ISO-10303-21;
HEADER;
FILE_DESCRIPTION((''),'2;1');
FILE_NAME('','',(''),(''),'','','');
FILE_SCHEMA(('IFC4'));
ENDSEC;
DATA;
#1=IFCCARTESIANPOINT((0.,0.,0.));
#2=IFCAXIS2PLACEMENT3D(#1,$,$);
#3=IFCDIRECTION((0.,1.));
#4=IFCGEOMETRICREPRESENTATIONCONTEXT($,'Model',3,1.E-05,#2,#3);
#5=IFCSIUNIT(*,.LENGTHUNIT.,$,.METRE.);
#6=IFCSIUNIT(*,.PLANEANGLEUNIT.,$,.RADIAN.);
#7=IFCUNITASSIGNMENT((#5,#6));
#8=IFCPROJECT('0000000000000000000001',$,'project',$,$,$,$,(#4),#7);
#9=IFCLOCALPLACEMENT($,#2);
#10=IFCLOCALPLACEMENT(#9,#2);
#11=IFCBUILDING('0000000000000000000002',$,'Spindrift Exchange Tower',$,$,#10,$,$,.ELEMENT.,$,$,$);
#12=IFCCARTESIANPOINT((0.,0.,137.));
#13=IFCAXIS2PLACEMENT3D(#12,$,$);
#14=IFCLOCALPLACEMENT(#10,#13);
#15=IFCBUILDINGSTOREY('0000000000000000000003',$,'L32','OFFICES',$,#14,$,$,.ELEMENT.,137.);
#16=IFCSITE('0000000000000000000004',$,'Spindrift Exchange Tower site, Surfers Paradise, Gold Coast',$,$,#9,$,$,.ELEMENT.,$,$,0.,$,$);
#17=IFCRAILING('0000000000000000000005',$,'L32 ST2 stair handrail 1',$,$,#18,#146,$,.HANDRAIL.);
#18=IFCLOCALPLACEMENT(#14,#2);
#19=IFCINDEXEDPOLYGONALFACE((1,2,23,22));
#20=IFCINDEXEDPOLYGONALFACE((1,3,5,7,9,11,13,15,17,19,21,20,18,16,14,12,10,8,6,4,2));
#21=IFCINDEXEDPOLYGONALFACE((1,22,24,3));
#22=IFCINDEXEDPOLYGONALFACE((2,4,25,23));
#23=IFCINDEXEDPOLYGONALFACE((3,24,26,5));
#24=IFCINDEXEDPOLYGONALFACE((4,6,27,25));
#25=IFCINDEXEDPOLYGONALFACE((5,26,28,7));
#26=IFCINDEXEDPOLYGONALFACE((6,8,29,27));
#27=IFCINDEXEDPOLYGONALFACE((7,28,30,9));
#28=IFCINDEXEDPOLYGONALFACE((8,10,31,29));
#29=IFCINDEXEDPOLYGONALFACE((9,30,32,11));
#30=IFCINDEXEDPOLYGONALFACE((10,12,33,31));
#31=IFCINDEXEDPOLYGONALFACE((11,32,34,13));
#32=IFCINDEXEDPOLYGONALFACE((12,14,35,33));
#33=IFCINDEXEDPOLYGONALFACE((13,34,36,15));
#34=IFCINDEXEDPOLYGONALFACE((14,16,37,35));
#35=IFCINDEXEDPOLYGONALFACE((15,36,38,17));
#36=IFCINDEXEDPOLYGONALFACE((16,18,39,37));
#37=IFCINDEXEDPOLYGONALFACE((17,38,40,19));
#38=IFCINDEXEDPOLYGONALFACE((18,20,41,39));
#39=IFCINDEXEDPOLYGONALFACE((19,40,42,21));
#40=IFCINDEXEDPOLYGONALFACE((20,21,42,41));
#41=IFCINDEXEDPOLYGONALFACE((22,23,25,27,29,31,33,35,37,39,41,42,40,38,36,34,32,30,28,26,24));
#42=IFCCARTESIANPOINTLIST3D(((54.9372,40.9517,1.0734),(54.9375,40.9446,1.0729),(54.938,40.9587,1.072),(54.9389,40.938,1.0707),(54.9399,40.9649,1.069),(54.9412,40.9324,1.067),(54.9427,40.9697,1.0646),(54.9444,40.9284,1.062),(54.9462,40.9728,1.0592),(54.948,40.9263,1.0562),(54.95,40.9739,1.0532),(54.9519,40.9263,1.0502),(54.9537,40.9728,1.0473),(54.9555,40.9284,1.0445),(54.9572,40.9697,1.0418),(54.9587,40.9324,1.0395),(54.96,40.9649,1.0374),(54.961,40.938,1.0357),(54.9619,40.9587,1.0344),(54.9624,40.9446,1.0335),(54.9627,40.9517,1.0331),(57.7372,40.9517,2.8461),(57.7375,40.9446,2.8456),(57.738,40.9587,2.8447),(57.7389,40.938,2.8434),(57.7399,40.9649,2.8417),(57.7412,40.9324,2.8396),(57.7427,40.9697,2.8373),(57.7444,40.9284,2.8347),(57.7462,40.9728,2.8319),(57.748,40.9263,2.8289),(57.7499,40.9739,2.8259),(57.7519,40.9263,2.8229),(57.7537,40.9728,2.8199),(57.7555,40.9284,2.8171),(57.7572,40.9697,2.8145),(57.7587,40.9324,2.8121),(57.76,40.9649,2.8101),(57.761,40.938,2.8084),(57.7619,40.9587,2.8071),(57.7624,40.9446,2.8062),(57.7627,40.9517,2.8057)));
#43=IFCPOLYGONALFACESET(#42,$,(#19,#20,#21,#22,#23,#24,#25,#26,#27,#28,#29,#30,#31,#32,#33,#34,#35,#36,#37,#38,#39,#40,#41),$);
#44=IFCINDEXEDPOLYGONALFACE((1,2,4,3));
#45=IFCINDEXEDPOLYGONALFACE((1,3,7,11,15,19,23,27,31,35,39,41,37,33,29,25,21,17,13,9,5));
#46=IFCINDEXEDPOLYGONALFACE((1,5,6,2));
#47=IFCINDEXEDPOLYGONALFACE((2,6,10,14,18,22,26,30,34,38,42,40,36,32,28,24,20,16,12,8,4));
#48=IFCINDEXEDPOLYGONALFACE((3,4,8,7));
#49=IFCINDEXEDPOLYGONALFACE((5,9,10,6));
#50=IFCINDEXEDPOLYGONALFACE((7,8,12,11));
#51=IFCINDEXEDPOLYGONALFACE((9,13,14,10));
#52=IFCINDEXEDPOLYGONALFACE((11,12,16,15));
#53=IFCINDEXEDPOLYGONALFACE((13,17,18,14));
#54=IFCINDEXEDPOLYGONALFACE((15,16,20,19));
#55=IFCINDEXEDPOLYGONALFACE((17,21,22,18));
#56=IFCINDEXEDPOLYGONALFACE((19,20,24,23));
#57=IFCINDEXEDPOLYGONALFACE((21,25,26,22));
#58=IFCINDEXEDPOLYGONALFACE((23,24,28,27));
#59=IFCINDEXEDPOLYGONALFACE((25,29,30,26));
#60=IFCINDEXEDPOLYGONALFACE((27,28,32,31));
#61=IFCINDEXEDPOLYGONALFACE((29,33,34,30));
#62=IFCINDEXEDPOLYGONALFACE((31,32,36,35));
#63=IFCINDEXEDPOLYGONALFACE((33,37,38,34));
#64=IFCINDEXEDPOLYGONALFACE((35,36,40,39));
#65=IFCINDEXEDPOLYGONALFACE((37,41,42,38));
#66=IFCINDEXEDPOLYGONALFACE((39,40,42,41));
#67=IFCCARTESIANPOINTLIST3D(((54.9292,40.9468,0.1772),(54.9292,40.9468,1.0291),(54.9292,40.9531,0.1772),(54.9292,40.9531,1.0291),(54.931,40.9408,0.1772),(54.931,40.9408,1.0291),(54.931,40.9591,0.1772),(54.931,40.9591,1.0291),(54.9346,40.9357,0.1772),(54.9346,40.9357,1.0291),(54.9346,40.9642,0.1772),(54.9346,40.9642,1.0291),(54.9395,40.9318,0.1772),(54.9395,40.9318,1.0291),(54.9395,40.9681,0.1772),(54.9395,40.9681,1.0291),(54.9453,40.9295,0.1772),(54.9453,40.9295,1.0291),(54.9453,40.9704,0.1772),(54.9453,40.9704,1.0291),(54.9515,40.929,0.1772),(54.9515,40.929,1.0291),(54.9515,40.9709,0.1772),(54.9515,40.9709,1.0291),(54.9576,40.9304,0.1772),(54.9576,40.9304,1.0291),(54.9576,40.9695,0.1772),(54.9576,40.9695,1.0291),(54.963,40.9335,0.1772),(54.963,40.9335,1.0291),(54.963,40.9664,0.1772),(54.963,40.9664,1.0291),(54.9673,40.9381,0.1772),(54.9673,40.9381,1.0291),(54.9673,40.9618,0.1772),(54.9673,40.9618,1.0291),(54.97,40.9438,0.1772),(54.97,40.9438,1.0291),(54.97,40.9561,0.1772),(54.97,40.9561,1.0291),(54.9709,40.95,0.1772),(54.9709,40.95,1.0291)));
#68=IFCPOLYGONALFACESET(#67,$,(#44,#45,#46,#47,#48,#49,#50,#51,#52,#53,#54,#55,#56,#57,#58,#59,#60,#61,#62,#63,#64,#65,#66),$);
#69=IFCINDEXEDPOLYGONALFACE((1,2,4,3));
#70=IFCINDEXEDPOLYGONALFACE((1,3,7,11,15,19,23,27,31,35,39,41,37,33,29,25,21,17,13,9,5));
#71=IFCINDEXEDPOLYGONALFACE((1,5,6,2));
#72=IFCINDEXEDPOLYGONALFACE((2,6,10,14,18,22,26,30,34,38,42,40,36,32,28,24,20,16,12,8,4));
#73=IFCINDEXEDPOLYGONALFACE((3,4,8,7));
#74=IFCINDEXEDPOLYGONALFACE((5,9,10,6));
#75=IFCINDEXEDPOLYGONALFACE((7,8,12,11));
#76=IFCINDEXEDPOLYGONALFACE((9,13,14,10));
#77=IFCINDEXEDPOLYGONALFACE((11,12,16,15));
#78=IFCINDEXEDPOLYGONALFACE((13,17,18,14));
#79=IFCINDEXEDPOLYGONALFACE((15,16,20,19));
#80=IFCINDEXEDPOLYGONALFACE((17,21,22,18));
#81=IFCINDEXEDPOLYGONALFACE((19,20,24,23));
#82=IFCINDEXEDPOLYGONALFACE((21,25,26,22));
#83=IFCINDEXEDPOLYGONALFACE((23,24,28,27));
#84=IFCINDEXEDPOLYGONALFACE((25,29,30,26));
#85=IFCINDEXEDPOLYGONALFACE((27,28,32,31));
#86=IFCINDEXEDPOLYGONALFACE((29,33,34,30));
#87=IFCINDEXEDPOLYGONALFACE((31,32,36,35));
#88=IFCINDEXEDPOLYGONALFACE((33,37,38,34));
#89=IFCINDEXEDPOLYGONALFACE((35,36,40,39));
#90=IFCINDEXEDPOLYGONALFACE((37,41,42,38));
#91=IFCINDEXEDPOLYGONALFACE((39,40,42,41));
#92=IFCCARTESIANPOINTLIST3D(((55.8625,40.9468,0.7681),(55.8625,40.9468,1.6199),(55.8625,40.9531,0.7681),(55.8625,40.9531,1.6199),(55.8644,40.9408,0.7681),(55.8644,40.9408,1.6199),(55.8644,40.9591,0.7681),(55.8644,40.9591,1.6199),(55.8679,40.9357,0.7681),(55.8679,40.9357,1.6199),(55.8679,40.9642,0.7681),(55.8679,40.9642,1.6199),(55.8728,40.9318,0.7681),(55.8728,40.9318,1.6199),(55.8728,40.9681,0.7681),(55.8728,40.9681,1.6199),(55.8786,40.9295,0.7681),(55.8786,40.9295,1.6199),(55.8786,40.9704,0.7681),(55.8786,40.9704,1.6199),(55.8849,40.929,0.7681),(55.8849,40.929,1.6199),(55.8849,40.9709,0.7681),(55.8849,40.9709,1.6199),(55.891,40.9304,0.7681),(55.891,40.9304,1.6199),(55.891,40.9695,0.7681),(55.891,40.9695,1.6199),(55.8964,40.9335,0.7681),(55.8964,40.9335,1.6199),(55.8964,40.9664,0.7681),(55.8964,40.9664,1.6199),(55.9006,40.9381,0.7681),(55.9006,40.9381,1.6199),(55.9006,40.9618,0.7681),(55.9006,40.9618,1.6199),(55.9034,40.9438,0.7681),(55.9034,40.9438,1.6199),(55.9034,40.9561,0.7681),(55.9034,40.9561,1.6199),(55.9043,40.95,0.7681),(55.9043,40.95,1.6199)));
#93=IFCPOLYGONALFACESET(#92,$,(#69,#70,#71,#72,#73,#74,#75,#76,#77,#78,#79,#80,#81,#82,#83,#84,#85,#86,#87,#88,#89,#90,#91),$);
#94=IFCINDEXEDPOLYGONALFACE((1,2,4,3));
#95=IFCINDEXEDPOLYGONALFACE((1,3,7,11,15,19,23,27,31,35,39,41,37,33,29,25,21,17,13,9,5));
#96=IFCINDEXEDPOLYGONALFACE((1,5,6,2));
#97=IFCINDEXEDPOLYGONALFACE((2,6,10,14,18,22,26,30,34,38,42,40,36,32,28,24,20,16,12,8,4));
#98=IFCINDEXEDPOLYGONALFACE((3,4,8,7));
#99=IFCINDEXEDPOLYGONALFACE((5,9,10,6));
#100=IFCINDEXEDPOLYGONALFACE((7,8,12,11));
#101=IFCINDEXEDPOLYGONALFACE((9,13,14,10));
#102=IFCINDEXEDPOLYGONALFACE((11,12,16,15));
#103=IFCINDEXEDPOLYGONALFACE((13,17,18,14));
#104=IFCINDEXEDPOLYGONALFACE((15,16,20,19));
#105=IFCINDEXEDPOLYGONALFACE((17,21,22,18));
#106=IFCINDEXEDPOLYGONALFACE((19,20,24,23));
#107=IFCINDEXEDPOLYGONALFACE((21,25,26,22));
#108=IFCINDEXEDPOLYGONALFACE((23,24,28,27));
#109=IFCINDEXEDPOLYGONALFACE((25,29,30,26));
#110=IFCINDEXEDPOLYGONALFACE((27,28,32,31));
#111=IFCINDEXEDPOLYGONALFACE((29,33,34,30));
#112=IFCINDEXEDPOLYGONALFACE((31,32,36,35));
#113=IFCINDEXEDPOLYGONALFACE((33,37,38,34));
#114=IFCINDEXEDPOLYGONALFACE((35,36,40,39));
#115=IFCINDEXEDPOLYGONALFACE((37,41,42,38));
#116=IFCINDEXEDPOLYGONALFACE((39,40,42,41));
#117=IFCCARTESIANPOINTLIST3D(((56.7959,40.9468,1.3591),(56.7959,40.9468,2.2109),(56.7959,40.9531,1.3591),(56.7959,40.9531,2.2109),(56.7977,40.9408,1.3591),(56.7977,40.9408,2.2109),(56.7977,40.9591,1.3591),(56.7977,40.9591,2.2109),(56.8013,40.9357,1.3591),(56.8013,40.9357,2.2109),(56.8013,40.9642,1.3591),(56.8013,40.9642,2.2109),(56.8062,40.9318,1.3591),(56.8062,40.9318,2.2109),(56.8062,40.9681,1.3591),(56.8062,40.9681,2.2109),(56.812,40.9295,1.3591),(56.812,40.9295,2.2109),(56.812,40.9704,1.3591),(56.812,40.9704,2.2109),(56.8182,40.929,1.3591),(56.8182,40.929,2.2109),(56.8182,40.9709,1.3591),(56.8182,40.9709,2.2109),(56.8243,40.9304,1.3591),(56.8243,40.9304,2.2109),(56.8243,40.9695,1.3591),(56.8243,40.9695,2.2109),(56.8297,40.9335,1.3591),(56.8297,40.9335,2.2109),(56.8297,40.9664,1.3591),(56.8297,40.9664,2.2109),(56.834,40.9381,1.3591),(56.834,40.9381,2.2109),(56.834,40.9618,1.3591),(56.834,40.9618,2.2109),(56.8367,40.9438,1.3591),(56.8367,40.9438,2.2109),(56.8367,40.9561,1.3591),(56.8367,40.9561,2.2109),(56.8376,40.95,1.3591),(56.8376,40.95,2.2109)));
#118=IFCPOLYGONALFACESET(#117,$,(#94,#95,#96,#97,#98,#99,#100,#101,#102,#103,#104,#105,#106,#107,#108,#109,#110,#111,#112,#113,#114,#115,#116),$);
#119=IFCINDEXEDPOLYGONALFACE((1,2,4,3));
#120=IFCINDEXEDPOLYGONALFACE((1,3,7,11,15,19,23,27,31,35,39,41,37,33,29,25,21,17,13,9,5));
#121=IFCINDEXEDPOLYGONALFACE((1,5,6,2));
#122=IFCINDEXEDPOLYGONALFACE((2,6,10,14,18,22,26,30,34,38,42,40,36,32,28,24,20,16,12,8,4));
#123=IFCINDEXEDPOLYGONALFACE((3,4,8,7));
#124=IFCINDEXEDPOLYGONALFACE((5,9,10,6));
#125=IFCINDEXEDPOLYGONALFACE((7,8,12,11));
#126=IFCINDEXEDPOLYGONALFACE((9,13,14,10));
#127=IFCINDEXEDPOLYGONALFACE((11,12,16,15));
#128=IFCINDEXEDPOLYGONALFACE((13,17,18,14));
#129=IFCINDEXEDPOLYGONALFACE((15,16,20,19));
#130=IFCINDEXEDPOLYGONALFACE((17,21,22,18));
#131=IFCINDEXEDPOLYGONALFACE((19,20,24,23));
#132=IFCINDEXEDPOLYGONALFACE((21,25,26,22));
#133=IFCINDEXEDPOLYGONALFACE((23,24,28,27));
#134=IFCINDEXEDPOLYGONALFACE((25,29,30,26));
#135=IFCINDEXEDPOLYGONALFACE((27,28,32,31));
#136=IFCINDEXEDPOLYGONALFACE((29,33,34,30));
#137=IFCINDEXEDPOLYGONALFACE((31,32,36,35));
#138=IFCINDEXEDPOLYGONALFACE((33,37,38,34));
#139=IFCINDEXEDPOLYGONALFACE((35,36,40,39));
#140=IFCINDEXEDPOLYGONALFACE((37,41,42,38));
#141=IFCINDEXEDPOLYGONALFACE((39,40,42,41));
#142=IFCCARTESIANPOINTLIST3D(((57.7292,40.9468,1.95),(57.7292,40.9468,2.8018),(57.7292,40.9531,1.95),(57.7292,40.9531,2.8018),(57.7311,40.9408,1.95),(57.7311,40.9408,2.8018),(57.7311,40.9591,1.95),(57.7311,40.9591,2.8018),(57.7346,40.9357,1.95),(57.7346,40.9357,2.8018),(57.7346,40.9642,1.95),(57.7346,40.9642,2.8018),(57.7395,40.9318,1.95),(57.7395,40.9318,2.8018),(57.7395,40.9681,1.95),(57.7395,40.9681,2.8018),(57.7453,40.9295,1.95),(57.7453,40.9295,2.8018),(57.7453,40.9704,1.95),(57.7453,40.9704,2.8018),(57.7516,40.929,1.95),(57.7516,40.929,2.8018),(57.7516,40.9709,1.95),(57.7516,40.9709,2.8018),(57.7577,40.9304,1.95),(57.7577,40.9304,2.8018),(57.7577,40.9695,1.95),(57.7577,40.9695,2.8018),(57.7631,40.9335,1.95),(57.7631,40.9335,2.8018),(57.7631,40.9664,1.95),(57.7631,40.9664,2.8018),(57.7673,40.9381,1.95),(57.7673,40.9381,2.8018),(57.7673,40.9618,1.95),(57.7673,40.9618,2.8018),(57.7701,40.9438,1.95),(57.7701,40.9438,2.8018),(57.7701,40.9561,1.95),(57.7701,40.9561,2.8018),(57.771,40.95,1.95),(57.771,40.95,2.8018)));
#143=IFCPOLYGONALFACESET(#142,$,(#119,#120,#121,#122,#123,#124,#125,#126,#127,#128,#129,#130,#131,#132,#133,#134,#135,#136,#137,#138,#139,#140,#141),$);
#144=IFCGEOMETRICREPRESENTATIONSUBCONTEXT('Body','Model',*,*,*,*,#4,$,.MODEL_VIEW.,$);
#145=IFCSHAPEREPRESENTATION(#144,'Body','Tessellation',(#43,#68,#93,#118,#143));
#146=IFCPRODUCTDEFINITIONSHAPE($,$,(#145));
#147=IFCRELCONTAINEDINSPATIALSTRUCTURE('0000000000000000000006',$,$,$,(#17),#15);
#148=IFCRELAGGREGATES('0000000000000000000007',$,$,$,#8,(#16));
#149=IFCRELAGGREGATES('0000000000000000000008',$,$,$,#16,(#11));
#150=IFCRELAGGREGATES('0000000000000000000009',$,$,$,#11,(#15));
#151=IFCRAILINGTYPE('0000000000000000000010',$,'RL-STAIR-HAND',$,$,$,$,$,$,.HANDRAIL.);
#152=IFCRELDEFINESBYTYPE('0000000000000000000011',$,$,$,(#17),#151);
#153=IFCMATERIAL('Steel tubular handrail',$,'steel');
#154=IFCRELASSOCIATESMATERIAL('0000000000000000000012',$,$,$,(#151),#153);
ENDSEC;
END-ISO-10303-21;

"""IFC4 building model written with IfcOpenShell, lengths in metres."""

from ifc_helpers import new_model, si_unit, direction, frame, origin, origin_2d, place, context, subcontext, project, spatial, circle, extrude, material, type_object, element, save


model = new_model("IFC4")

# Units and contexts
model_context = context("Model", 3, precision=1e-05, world=origin(), true_north=direction((0.0, 1.0)))
body_context = subcontext(model_context, "Body", "Model", "MODEL_VIEW")
ifc_project = project(units=[si_unit("LENGTHUNIT", "METRE"), si_unit("PLANEANGLEUNIT", "RADIAN")], contexts=[model_context])

# Site, building, storey
site_placement = place(None, origin())
site = spatial("IfcSite", under=ifc_project, at=site_placement, Name="Spindrift Exchange Tower site, Surfers Paradise, Gold Coast", CompositionType="ELEMENT", RefElevation=0.0)
building_placement = place(site_placement, origin())
building = spatial("IfcBuilding", under=site, at=building_placement, Name="Spindrift Exchange Tower", CompositionType="ELEMENT")
storey_placement = place(building_placement, frame((0.0, 0.0, 137.0)))
storey = spatial("IfcBuildingStorey", under=building, at=storey_placement, Name="L32", Description="OFFICES", CompositionType="ELEMENT", Elevation=137.0)

# Railing
ifc_material_1 = material(Name="Steel tubular handrail", Category="steel")
railing_type_1 = type_object("IfcRailingType", Name="RL-STAIR-HAND", PredefinedType="HANDRAIL", material=ifc_material_1)
railing_1_placement = place(storey_placement, frame((54.95, 40.95, 0.1772)))
element("IfcRailing", 1, at=railing_1_placement, inside=storey, type_object=railing_type_1, Name="L32 ST2 stair handrail 1", PredefinedType="HANDRAIL", context=body_context, shape_type="SweptSolid", body=[
    extrude(circle(Radius=0.0239, at=origin_2d()), frame((0.0, 0.0, 0.876), z_axis=(0.844909, 0.0, 0.53491), x_axis=(0.0, 1.0, 0.0)), (0.0, 0.0, 1.0), 3.314),
    extrude(circle(Radius=0.021, at=origin_2d()), origin(), (0.0, 0.0, 1.0), 0.8518),
    extrude(circle(Radius=0.021, at=origin_2d()), frame((0.9333, 0.0, 0.5908)), (0.0, 0.0, 1.0), 0.8518),
    extrude(circle(Radius=0.021, at=origin_2d()), frame((1.8667, 0.0, 1.1819)), (0.0, 0.0, 1.0), 0.8518),
    extrude(circle(Radius=0.021, at=origin_2d()), frame((2.8, 0.0, 1.7727)), (0.0, 0.0, 1.0), 0.8518),
])

save(model, "model.ifc")
